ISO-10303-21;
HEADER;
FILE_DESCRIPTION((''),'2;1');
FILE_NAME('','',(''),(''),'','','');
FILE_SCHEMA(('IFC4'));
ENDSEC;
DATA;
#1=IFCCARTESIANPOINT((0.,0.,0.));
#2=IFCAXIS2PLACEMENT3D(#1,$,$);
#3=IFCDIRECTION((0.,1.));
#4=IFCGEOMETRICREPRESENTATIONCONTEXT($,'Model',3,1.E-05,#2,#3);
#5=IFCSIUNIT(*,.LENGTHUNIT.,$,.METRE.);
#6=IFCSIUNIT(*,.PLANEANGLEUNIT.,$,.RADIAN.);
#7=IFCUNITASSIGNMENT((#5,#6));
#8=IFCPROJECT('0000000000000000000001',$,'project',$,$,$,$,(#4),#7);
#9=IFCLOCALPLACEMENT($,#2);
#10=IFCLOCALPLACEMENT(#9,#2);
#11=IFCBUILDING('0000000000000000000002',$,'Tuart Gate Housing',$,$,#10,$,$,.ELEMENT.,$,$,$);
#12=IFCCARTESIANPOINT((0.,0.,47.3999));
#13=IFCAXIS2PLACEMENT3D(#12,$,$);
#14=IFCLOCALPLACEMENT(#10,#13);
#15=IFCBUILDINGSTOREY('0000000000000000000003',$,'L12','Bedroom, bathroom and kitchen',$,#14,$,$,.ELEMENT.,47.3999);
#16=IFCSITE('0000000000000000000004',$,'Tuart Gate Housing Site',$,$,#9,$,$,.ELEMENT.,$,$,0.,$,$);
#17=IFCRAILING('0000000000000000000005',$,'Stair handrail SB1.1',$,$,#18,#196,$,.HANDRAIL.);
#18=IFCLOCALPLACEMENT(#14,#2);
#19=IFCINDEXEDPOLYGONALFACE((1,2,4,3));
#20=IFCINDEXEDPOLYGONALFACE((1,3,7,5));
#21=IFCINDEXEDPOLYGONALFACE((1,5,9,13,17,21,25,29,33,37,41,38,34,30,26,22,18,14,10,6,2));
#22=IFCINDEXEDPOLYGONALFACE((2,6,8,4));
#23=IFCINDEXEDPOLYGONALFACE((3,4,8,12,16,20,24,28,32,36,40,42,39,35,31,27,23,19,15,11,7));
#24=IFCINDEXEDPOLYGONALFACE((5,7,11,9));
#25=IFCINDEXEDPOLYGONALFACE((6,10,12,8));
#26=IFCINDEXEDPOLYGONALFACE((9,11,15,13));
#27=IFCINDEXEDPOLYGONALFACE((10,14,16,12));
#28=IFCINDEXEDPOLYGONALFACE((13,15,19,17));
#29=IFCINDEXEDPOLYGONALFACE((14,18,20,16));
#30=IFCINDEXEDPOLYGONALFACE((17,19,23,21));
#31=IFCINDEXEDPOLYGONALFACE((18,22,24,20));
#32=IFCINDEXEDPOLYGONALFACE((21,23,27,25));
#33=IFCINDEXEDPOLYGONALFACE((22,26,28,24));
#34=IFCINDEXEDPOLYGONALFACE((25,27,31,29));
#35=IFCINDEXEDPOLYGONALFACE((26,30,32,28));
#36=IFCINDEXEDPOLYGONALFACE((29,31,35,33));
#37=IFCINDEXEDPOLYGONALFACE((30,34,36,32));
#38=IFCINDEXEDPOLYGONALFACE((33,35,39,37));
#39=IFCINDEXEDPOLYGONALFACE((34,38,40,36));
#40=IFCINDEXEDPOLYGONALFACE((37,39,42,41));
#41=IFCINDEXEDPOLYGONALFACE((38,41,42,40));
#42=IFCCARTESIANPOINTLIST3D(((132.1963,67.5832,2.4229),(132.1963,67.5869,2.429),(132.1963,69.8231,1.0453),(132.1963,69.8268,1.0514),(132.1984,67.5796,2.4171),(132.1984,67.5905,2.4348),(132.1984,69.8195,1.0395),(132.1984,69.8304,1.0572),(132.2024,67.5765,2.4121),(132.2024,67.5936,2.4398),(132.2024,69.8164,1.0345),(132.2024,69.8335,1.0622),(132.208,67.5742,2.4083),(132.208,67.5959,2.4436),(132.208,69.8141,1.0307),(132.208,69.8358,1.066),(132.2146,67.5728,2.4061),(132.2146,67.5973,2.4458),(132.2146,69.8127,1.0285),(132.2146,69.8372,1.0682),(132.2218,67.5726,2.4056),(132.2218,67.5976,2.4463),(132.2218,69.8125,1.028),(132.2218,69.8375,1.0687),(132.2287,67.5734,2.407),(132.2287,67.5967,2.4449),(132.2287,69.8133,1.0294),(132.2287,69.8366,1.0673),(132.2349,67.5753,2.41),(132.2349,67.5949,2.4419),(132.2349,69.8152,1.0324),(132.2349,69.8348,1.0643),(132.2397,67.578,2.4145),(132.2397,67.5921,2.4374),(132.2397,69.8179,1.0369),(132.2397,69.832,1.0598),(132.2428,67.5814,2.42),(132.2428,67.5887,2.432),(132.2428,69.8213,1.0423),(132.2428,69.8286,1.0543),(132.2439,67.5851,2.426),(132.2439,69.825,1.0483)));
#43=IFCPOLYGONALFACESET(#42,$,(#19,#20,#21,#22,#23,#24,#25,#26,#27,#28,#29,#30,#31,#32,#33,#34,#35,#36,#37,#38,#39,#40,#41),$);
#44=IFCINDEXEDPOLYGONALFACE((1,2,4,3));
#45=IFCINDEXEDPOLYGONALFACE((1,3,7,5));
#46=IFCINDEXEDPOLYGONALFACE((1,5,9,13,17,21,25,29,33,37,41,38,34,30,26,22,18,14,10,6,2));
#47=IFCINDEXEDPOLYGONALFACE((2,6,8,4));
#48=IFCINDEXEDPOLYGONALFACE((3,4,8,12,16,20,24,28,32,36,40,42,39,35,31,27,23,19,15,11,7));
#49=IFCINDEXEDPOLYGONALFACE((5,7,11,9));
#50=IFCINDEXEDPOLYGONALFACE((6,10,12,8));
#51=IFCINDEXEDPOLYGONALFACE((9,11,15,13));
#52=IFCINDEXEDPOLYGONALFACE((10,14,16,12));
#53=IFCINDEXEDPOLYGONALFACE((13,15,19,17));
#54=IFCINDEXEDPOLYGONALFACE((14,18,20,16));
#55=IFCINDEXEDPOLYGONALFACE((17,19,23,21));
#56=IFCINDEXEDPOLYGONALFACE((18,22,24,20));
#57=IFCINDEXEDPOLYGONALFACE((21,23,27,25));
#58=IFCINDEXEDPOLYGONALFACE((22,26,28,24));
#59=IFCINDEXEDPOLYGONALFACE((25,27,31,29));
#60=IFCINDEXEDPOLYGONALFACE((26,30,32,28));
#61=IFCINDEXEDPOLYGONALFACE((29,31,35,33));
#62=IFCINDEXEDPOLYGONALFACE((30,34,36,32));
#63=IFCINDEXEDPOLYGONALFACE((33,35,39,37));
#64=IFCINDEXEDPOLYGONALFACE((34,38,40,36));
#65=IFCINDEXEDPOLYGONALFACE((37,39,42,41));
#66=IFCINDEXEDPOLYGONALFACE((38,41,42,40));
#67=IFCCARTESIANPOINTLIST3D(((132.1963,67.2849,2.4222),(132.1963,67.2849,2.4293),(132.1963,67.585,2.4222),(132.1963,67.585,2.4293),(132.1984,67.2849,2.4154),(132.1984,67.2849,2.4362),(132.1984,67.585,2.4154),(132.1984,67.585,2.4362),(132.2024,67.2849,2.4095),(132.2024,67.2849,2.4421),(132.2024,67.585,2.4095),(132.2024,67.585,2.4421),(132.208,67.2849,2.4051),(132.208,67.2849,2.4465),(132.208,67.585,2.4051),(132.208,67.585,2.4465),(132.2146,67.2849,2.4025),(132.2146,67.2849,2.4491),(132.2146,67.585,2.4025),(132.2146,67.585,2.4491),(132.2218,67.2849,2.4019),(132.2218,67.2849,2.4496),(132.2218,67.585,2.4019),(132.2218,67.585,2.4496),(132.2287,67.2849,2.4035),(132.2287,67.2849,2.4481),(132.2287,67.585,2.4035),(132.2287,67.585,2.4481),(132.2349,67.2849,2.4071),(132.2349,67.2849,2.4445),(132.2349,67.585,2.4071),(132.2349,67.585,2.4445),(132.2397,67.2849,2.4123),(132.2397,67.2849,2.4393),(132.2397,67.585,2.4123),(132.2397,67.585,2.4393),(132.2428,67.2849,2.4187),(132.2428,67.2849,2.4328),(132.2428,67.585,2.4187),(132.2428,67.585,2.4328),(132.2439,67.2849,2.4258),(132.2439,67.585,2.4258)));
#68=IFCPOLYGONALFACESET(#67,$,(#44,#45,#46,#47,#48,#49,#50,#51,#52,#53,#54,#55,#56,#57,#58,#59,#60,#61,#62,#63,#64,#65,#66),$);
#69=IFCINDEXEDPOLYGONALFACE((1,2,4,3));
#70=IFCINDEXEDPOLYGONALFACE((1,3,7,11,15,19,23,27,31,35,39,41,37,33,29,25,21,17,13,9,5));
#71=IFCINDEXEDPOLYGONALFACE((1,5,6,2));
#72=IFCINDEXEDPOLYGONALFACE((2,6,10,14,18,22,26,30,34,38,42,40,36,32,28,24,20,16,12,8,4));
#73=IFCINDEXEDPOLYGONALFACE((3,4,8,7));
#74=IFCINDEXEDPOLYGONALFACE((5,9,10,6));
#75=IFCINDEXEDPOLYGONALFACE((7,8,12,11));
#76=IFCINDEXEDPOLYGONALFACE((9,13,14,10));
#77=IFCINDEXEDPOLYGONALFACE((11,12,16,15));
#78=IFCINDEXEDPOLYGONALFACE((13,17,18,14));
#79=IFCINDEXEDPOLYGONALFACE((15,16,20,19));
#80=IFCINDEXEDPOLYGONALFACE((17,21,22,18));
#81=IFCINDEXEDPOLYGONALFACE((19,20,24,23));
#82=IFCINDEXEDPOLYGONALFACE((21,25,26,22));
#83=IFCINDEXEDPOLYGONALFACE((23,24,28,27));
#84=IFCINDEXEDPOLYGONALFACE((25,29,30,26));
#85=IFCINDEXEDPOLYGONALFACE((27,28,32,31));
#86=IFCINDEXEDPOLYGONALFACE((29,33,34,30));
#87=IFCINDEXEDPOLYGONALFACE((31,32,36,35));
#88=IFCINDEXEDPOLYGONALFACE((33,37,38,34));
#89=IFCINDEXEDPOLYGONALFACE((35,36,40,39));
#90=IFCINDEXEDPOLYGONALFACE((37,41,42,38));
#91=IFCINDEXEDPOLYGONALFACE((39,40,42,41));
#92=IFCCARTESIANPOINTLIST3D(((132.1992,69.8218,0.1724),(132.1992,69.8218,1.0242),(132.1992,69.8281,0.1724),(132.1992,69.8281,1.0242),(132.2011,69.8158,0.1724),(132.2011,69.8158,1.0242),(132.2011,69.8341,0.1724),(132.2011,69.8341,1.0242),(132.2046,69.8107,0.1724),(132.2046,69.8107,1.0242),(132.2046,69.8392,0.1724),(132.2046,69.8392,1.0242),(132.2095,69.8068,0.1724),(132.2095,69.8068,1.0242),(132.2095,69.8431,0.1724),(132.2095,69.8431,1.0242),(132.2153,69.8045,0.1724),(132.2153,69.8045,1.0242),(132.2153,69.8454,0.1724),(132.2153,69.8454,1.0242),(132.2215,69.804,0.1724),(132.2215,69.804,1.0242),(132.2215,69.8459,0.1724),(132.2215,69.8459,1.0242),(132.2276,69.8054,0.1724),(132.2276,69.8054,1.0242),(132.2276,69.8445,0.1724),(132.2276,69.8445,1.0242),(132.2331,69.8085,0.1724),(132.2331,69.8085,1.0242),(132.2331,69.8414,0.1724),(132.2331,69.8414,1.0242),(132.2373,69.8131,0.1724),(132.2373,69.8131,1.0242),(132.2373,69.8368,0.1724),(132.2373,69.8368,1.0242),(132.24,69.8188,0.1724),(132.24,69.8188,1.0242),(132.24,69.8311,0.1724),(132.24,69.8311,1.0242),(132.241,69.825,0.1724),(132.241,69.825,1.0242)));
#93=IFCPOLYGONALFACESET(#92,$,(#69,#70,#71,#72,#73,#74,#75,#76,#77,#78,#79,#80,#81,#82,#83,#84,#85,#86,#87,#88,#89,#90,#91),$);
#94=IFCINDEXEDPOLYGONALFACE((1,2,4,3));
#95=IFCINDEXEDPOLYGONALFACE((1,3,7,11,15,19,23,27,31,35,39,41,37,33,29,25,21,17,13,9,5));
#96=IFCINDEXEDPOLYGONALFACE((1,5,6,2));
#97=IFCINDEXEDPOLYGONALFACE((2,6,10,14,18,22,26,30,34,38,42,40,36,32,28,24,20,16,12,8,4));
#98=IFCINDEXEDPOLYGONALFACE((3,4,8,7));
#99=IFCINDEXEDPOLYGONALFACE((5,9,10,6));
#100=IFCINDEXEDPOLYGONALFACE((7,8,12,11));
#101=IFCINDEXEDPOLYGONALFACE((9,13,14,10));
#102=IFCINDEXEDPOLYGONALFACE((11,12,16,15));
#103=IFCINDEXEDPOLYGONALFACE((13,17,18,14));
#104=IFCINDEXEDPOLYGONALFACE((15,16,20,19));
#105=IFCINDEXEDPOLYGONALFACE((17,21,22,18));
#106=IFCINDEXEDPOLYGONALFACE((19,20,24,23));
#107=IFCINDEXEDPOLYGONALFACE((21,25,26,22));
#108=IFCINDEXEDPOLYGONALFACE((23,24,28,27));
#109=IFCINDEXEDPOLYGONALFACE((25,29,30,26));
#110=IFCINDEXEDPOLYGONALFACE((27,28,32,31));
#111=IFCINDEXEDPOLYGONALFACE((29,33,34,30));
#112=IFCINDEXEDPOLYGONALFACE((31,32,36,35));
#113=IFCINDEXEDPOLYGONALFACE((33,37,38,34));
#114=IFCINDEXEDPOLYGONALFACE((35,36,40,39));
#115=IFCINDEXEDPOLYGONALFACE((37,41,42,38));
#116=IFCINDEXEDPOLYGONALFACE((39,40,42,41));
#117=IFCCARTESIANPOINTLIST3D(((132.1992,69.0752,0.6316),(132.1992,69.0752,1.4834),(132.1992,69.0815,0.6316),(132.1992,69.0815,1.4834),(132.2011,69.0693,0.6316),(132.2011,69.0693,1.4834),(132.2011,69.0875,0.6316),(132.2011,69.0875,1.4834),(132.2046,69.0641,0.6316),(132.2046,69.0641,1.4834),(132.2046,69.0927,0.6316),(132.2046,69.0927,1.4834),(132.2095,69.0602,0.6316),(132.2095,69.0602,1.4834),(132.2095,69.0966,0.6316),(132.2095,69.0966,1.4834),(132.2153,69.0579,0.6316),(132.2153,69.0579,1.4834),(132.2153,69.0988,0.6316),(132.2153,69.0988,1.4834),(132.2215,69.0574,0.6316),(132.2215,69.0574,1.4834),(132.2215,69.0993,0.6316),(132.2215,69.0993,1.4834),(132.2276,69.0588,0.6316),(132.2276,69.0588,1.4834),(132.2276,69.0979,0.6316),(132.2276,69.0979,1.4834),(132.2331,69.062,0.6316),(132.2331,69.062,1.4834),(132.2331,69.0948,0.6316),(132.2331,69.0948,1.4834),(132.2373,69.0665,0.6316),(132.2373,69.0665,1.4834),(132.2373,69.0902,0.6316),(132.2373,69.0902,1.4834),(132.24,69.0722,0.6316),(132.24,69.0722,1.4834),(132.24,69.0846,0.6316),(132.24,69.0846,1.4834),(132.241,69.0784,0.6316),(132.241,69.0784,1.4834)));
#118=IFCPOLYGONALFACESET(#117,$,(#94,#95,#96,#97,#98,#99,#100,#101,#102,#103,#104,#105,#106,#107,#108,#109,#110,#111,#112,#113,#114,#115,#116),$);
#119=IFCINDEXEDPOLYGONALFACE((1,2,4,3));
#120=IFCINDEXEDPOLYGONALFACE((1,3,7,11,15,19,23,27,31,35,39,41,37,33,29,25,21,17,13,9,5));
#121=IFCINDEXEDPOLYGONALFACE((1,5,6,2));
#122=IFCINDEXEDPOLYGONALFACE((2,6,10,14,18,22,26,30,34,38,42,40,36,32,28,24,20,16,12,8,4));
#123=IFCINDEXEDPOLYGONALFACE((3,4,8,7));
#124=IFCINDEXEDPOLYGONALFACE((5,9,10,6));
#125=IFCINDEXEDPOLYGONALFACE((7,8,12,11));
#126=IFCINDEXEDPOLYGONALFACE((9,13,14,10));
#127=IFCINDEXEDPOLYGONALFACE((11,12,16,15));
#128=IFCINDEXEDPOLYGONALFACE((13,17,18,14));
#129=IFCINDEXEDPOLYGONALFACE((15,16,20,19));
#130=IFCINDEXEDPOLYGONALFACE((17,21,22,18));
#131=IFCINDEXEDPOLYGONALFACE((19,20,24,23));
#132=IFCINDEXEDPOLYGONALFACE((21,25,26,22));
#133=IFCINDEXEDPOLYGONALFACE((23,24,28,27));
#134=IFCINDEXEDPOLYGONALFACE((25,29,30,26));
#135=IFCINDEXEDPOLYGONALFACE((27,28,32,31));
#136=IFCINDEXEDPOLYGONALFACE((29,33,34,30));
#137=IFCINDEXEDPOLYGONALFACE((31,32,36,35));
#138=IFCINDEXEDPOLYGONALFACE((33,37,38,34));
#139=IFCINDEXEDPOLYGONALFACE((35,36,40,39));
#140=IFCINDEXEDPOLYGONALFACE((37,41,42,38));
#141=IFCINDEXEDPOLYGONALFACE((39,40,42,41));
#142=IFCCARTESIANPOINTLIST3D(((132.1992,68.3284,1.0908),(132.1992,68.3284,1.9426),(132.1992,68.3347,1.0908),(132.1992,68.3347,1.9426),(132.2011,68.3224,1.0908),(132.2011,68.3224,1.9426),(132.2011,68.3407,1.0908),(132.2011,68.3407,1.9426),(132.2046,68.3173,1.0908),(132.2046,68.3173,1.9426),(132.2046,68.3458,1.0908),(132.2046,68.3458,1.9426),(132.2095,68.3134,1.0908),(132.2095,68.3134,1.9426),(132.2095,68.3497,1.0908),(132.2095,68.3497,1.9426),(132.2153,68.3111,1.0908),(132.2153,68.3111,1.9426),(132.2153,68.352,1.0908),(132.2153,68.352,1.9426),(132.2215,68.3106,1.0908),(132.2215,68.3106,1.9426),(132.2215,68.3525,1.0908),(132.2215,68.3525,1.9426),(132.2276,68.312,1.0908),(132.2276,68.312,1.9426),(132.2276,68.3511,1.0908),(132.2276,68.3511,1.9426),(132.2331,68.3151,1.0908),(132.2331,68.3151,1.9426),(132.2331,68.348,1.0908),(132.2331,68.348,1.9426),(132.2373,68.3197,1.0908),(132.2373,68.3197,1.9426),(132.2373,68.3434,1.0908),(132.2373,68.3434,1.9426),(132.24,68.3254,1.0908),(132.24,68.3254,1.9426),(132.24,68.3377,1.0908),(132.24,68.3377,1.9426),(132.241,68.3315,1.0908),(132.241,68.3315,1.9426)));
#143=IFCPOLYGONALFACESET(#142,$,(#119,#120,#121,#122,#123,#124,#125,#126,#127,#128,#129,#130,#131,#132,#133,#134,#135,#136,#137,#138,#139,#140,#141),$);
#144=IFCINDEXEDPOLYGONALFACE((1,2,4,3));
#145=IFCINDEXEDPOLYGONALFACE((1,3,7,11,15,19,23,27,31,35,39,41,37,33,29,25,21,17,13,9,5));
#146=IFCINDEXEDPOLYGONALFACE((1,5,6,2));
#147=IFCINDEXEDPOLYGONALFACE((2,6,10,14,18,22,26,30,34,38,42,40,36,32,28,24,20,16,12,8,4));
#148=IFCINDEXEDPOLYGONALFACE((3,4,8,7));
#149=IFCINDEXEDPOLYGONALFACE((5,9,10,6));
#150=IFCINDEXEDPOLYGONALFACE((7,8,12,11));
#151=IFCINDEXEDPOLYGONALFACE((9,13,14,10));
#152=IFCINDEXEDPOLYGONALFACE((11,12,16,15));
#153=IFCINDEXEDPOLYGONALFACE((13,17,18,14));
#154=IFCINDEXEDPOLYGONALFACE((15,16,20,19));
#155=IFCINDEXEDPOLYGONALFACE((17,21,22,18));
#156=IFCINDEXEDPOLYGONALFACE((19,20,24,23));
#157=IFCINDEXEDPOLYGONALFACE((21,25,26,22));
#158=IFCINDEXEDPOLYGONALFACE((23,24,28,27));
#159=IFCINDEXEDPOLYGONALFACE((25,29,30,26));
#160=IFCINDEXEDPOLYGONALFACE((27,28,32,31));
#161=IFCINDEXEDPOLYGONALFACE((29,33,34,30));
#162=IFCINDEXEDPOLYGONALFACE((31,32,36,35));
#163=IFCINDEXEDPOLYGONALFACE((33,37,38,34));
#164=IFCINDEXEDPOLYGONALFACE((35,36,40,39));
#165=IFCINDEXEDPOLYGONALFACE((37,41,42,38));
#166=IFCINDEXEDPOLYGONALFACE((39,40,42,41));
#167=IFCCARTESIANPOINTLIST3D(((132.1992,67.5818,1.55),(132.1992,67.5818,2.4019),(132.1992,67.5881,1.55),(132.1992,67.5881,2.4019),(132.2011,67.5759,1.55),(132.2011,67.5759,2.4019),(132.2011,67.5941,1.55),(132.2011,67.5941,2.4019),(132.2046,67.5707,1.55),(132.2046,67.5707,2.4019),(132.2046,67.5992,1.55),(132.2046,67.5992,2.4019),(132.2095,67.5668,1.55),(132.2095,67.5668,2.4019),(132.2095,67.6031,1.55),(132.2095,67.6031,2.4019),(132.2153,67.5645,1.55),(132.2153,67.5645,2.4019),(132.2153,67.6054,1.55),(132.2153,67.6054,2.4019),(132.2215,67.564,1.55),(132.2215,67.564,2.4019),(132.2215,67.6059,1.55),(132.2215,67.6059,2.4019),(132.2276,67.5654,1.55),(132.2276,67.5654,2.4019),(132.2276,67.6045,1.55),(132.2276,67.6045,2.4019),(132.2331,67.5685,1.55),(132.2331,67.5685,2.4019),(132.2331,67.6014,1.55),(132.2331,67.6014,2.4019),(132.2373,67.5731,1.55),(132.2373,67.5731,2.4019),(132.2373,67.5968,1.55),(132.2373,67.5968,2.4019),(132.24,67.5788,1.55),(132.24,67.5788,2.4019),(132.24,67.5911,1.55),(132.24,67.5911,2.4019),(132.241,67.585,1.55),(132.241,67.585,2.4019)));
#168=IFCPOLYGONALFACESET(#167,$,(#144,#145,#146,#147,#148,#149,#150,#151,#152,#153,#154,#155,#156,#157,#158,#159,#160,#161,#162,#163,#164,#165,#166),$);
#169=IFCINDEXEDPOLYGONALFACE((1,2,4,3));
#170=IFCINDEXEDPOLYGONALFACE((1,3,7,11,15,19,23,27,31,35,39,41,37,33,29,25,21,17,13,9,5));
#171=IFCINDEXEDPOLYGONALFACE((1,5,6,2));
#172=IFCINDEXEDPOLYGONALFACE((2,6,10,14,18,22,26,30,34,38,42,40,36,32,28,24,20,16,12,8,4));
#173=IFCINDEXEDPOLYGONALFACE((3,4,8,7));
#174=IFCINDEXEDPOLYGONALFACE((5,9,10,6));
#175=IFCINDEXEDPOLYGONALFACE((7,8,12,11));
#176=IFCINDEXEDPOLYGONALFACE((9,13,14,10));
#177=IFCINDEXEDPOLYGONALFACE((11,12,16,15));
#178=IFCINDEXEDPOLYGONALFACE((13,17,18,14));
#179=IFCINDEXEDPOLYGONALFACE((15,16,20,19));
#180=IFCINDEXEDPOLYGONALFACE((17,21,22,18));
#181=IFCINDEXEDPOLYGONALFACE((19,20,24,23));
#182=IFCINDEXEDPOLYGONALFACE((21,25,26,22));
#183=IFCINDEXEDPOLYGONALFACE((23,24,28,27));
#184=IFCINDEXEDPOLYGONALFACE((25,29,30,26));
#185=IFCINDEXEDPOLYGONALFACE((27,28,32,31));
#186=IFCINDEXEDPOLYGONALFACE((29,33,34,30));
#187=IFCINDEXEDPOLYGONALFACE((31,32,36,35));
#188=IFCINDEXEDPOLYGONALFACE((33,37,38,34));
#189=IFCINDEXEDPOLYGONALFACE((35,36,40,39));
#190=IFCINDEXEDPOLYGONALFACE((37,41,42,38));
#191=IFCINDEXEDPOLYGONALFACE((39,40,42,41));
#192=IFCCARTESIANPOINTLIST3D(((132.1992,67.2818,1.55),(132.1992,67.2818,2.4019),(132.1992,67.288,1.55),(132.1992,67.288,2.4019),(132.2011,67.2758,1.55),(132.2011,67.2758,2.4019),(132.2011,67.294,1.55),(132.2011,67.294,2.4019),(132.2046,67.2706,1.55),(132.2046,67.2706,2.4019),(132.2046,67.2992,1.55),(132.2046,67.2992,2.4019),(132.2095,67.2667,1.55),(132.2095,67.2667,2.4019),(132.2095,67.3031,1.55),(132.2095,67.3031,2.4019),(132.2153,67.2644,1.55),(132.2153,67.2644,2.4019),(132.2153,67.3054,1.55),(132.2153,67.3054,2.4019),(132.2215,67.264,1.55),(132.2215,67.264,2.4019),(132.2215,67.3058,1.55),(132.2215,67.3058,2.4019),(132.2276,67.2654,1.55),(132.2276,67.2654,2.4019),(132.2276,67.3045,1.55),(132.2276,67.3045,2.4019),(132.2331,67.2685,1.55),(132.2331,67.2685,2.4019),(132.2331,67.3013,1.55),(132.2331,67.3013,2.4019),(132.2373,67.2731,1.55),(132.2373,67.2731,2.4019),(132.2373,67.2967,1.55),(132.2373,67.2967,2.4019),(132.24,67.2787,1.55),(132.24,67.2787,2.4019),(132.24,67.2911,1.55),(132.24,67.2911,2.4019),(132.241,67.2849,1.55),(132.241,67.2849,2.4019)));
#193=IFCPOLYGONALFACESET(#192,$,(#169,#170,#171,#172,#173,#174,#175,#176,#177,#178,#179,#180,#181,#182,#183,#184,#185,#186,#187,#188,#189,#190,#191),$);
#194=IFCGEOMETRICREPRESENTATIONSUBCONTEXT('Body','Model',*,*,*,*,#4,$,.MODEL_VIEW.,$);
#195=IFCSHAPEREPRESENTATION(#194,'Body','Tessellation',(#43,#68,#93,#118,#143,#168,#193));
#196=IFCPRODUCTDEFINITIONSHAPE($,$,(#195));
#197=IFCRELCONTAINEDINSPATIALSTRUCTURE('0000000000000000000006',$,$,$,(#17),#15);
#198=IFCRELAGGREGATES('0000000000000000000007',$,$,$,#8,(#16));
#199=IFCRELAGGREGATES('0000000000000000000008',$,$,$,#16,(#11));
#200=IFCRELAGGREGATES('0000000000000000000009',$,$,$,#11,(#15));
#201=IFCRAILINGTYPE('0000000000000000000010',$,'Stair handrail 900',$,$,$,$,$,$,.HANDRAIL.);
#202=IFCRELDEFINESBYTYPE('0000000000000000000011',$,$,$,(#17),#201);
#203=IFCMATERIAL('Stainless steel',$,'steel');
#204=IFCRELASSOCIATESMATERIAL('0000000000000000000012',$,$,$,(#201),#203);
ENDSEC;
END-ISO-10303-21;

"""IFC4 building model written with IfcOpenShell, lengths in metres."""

from ifc_helpers import new_model, si_unit, direction, frame, origin, origin_2d, place, context, subcontext, project, spatial, circle, extrude, material, type_object, element, save


model = new_model("IFC4")

# Units and contexts
model_context = context("Model", 3, precision=1e-05, world=origin(), true_north=direction((0.0, 1.0)))
body_context = subcontext(model_context, "Body", "Model", "MODEL_VIEW")
ifc_project = project(units=[si_unit("LENGTHUNIT", "METRE"), si_unit("PLANEANGLEUNIT", "RADIAN")], contexts=[model_context])

# Site, building, storey
site_placement = place(None, origin())
site = spatial("IfcSite", under=ifc_project, at=site_placement, Name="Tuart Gate Housing Site", CompositionType="ELEMENT", RefElevation=0.0)
building_placement = place(site_placement, origin())
building = spatial("IfcBuilding", under=site, at=building_placement, Name="Tuart Gate Housing", CompositionType="ELEMENT")
storey_placement = place(building_placement, frame((0.0, 0.0, 47.3999)))
storey = spatial("IfcBuildingStorey", under=building, at=storey_placement, Name="L12", Description="Bedroom, bathroom and kitchen", CompositionType="ELEMENT", Elevation=47.3999)

# Railing
ifc_material_1 = material(Name="Stainless steel", Category="steel")
railing_type = type_object("IfcRailingType", Name="Stair handrail 900", PredefinedType="HANDRAIL", material=ifc_material_1)
railing_placement = place(storey_placement, frame((132.22, 69.825, 0.1724)))
element("IfcRailing", 1, at=railing_placement, inside=storey, type_object=railing_type, Name="Stair handrail SB1.1", PredefinedType="HANDRAIL", context=body_context, shape_type="SweptSolid", body=[
    extrude(circle(Radius=0.0239, at=origin_2d()), frame((0.0, 0.0, 0.876), z_axis=(0.0, -0.851789, 0.523885), x_axis=(1.0, 0.0, 0.0)), (0.0, 0.0, 1.0), 2.6296),
    extrude(circle(Radius=0.0239, at=origin_2d()), frame((0.0, -2.24, 2.2534), z_axis=(0.0, -1.0, 0.0), x_axis=(1.0, 0.0, 0.0)), (0.0, 0.0, 1.0), 0.3),
    extrude(circle(Radius=0.021, at=origin_2d()), origin(), (0.0, 0.0, 1.0), 0.8518),
    extrude(circle(Radius=0.021, at=origin_2d()), frame((0.0, -0.7466, 0.4592)), (0.0, 0.0, 1.0), 0.8518),
    extrude(circle(Radius=0.021, at=origin_2d()), frame((0.0, -1.4934, 0.9185)), (0.0, 0.0, 1.0), 0.8518),
    extrude(circle(Radius=0.021, at=origin_2d()), frame((0.0, -2.24, 1.3777)), (0.0, 0.0, 1.0), 0.8518),
    extrude(circle(Radius=0.021, at=origin_2d()), frame((0.0, -2.54, 1.3777)), (0.0, 0.0, 1.0), 0.8518),
])

save(model, "model.ifc")
